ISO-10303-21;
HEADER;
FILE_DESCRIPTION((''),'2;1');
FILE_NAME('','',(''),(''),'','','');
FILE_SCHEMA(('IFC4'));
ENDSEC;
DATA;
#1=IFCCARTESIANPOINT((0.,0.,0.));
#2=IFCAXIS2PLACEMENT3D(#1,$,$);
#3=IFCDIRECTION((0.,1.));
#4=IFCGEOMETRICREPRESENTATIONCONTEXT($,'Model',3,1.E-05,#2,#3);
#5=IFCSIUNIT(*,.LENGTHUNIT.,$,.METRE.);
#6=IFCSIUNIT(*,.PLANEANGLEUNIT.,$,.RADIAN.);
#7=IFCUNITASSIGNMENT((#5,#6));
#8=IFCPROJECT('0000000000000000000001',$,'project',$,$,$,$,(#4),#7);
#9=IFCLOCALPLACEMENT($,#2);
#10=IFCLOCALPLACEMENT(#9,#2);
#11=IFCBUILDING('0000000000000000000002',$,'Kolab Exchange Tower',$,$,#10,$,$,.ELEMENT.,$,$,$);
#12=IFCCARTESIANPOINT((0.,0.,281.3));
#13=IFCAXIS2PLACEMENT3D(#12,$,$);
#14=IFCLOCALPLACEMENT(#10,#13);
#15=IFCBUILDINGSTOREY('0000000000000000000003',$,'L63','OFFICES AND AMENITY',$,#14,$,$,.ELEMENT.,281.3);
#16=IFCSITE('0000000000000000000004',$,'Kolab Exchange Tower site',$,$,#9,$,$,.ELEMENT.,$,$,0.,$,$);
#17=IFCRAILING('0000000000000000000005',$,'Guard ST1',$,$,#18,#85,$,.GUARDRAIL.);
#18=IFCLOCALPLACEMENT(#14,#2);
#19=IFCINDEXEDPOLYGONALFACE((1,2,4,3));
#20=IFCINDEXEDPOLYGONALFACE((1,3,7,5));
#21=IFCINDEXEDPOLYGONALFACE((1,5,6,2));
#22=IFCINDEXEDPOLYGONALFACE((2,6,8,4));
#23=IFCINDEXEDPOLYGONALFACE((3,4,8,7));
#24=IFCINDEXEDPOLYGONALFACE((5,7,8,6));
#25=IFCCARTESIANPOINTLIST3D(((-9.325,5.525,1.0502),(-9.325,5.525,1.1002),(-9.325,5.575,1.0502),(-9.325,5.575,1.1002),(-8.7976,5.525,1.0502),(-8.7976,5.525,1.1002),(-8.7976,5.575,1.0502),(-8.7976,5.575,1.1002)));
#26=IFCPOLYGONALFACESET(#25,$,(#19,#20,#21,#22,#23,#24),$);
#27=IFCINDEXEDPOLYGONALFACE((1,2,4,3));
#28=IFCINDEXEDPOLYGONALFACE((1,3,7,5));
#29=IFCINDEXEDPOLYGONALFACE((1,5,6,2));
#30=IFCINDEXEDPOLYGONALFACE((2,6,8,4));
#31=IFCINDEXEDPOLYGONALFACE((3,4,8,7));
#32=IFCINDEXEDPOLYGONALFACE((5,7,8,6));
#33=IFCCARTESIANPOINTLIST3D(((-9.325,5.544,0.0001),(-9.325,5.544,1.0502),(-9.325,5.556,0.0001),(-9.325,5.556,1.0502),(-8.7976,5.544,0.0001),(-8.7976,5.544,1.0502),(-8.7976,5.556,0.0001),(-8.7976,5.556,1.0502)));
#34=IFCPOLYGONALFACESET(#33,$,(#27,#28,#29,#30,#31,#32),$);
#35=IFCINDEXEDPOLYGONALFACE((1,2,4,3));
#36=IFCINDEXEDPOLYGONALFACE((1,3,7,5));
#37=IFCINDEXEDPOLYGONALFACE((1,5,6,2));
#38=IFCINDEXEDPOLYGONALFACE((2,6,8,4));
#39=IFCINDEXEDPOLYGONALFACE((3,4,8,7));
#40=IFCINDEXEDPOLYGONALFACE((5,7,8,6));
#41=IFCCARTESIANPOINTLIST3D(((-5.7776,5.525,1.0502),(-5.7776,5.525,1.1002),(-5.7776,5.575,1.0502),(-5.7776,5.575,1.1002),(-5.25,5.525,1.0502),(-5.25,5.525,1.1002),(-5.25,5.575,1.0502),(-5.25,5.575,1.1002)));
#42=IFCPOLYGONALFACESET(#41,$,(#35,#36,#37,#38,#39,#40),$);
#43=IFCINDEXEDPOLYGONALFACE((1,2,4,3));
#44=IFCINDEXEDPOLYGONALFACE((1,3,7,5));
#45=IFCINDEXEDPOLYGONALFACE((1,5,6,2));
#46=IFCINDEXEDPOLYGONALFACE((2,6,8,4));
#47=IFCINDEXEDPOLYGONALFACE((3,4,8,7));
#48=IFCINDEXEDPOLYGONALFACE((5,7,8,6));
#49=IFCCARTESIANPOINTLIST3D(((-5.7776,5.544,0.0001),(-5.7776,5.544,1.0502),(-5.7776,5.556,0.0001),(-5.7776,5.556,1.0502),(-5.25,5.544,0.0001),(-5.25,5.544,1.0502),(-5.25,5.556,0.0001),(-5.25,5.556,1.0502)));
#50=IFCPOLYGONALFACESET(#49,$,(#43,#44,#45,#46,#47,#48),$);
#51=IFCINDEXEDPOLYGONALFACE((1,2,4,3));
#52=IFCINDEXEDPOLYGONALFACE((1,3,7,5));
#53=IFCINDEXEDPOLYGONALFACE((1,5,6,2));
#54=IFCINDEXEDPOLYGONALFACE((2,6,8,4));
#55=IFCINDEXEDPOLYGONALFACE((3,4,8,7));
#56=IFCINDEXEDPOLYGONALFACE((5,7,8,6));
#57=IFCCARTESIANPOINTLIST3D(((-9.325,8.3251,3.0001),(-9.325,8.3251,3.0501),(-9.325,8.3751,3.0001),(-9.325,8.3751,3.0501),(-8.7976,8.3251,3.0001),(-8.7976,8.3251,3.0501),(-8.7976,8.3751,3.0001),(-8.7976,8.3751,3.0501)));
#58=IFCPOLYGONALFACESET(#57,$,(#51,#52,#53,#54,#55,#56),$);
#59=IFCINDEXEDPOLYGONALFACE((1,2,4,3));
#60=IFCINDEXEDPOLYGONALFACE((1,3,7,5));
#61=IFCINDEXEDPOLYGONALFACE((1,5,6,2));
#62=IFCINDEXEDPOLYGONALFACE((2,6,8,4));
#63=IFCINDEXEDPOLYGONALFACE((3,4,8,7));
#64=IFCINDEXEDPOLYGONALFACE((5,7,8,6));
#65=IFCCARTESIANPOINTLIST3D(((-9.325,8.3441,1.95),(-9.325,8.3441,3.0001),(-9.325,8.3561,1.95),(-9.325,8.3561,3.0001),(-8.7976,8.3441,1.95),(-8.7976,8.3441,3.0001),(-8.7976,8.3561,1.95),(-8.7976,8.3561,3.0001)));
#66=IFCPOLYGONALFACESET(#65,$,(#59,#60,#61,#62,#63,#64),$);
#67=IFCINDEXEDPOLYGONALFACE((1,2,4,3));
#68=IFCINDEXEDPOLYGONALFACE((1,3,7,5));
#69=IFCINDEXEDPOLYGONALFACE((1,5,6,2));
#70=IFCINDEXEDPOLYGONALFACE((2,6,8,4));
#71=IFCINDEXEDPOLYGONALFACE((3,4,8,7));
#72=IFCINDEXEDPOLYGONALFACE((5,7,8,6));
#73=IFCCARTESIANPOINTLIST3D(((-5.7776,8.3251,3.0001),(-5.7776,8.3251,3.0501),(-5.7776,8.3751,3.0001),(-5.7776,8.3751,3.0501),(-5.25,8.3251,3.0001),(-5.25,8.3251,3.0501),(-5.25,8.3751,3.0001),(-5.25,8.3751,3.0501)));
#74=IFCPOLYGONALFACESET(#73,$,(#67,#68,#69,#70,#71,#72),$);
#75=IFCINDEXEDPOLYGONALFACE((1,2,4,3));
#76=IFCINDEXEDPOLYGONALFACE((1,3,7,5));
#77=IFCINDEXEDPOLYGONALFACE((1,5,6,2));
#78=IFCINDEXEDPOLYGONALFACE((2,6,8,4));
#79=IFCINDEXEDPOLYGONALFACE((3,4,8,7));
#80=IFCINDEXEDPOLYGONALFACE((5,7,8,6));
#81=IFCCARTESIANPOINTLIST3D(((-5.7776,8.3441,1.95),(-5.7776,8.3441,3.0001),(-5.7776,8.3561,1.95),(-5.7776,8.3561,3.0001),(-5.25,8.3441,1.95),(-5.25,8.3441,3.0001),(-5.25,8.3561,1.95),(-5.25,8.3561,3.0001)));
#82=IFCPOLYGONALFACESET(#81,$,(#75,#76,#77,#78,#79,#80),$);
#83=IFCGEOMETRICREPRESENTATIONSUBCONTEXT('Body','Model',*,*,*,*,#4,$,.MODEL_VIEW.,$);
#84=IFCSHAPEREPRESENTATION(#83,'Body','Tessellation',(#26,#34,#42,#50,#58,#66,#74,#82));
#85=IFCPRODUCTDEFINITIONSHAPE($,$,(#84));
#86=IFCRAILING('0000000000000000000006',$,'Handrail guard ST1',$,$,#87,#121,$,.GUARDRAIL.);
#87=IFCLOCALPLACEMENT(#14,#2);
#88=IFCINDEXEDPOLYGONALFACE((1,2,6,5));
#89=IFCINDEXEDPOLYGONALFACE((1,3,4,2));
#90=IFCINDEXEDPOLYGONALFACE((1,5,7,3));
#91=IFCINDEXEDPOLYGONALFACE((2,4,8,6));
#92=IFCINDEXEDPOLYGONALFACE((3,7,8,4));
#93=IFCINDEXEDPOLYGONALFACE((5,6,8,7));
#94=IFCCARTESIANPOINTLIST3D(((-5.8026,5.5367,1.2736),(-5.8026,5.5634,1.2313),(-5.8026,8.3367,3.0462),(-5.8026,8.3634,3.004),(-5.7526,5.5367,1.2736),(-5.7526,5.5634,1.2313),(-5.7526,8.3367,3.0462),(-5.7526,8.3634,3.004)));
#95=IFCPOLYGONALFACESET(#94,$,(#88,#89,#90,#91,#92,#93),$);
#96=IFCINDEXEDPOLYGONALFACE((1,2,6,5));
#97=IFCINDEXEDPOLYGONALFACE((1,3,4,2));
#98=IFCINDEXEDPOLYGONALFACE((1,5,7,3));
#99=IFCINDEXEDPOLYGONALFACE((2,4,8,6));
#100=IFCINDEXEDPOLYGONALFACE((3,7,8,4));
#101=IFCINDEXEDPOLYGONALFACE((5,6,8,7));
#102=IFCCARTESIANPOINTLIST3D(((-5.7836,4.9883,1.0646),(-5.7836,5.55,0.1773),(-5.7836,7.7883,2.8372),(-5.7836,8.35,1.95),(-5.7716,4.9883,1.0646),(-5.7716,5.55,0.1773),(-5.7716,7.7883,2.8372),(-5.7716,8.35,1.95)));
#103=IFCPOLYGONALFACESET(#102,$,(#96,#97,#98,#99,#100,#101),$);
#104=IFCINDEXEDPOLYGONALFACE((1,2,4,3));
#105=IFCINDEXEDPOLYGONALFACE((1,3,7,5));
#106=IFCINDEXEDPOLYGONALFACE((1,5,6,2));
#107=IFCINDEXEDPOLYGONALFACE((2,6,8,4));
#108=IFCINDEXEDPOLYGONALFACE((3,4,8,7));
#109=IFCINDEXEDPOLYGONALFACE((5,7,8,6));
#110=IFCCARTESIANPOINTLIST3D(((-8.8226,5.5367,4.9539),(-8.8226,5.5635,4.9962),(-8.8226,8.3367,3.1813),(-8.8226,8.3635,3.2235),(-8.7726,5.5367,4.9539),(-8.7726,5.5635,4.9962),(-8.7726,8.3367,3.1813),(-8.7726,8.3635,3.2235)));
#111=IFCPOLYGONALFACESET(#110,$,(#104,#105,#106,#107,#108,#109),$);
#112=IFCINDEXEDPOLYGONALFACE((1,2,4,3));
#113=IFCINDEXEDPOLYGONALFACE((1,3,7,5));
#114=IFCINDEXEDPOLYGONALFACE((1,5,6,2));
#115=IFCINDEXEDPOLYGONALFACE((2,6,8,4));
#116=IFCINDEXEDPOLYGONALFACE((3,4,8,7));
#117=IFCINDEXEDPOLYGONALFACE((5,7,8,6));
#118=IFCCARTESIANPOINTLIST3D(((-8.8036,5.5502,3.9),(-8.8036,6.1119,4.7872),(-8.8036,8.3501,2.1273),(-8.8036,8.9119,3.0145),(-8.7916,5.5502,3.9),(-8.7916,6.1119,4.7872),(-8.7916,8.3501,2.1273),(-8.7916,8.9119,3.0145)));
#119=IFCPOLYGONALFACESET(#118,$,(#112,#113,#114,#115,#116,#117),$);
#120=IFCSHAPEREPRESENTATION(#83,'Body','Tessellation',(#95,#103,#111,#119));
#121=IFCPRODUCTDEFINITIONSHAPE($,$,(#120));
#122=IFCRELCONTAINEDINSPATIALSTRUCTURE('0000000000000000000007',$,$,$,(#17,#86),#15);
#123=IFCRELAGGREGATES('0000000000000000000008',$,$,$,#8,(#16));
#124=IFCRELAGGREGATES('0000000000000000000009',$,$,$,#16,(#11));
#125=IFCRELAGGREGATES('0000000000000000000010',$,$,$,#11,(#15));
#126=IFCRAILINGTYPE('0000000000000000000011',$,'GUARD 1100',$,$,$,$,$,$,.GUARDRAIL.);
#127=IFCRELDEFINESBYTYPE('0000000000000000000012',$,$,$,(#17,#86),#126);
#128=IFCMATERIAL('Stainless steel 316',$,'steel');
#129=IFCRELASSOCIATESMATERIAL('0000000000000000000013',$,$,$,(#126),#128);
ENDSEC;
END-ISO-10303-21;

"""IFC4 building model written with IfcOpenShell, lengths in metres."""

from ifc_helpers import new_model, si_unit, direction, frame, frame_2d, origin, origin_2d, place, context, subcontext, project, spatial, rectangle, extrude, material, type_object, element, save


model = new_model("IFC4")

# Units and contexts
model_context = context("Model", 3, precision=1e-05, world=origin(), true_north=direction((0.0, 1.0)))
body_context = subcontext(model_context, "Body", "Model", "MODEL_VIEW")
ifc_project = project(units=[si_unit("LENGTHUNIT", "METRE"), si_unit("PLANEANGLEUNIT", "RADIAN")], contexts=[model_context])

# Site, building, storey
site_placement = place(None, origin())
site = spatial("IfcSite", under=ifc_project, at=site_placement, Name="Kolab Exchange Tower site", CompositionType="ELEMENT", RefElevation=0.0)
building_placement = place(site_placement, origin())
building = spatial("IfcBuilding", under=site, at=building_placement, Name="Kolab Exchange Tower", CompositionType="ELEMENT")
storey_placement = place(building_placement, frame((0.0, 0.0, 281.3)))
storey = spatial("IfcBuildingStorey", under=building, at=storey_placement, Name="L63", Description="OFFICES AND AMENITY", CompositionType="ELEMENT", Elevation=281.3)

# Shared definitions
ifc_material_1 = material(Name="Stainless steel 316", Category="steel")

# Railings
railing_type = type_object("IfcRailingType", Name="GUARD 1100", PredefinedType="GUARDRAIL", material=ifc_material_1)
railing_1_placement = place(storey_placement, frame((-9.325, 5.55, 0.0)))
element("IfcRailing", 1, at=railing_1_placement, inside=storey, type_object=railing_type, Name="Guard ST1", PredefinedType="GUARDRAIL", context=body_context, shape_type="SweptSolid", body=[
    extrude(rectangle(XDim=0.05, YDim=0.05, at=origin_2d()), frame((0.0, 0.0, 1.0752), z_axis=(1.0, 0.0, 0.0), x_axis=(0.0, 1.0, 0.0)), (0.0, 0.0, 1.0), 0.5273),
    extrude(rectangle(XDim=0.012, YDim=1.0501, at=frame_2d((0.0, 0.5251))), frame((0.0, 0.0, 0.0), z_axis=(1.0, 0.0, 0.0), x_axis=(0.0, 1.0, 0.0)), (0.0, 0.0, 1.0), 0.5273),
    extrude(rectangle(XDim=0.05, YDim=0.05, at=origin_2d()), frame((3.5474, 0.0, 1.0752), z_axis=(1.0, 0.0, 0.0), x_axis=(0.0, 1.0, 0.0)), (0.0, 0.0, 1.0), 0.5276),
    extrude(rectangle(XDim=0.012, YDim=1.0501, at=frame_2d((0.0, 0.5251))), frame((3.5474, 0.0, 0.0), z_axis=(1.0, 0.0, 0.0), x_axis=(0.0, 1.0, 0.0)), (0.0, 0.0, 1.0), 0.5276),
    extrude(rectangle(XDim=0.05, YDim=0.05, at=origin_2d()), frame((0.0, 2.8, 3.0251), z_axis=(1.0, 0.0, 0.0), x_axis=(0.0, 1.0, 0.0)), (0.0, 0.0, 1.0), 0.5273),
    extrude(rectangle(XDim=0.012, YDim=1.0501, at=frame_2d((0.0, 0.5251))), frame((0.0, 2.8, 1.95), z_axis=(1.0, 0.0, 0.0), x_axis=(0.0, 1.0, 0.0)), (0.0, 0.0, 1.0), 0.5273),
    extrude(rectangle(XDim=0.05, YDim=0.05, at=origin_2d()), frame((3.5474, 2.8, 3.0251), z_axis=(1.0, 0.0, 0.0), x_axis=(0.0, 1.0, 0.0)), (0.0, 0.0, 1.0), 0.5276),
    extrude(rectangle(XDim=0.012, YDim=1.0501, at=frame_2d((0.0, 0.5251))), frame((3.5474, 2.8, 1.95), z_axis=(1.0, 0.0, 0.0), x_axis=(0.0, 1.0, 0.0)), (0.0, 0.0, 1.0), 0.5276),
])
railing_2_placement = place(storey_placement, frame((-5.7776, 5.55, 0.1772)))
element("IfcRailing", 2, at=railing_2_placement, inside=storey, type_object=railing_type, Name="Handrail guard ST1", PredefinedType="GUARDRAIL", context=body_context, shape_type="SweptSolid", body=[
    extrude(rectangle(XDim=0.05, YDim=0.05, at=origin_2d()), frame((0.0, 0.0, 1.0752), z_axis=(0.0, 0.844909, 0.53491), x_axis=(-1.0, 0.0, 0.0)), (0.0, 0.0, 1.0), 3.314),
    extrude(rectangle(XDim=0.012, YDim=1.0501, at=frame_2d((0.0, 0.5251))), frame((0.0, 0.0, 0.0), z_axis=(0.0, 0.844909, 0.53491), x_axis=(-1.0, 0.0, 0.0)), (0.0, 0.0, 1.0), 3.314),
    extrude(rectangle(XDim=0.05, YDim=0.05, at=origin_2d()), frame((-3.02, 2.8, 3.0251), z_axis=(0.0, -0.844909, 0.53491), x_axis=(1.0, 0.0, 0.0)), (0.0, 0.0, 1.0), 3.314),
    extrude(rectangle(XDim=0.012, YDim=1.0501, at=frame_2d((0.0, 0.5251))), frame((-3.02, 2.8, 1.95), z_axis=(0.0, -0.844909, 0.53491), x_axis=(1.0, 0.0, 0.0)), (0.0, 0.0, 1.0), 3.314),
])

save(model, "model.ifc")
